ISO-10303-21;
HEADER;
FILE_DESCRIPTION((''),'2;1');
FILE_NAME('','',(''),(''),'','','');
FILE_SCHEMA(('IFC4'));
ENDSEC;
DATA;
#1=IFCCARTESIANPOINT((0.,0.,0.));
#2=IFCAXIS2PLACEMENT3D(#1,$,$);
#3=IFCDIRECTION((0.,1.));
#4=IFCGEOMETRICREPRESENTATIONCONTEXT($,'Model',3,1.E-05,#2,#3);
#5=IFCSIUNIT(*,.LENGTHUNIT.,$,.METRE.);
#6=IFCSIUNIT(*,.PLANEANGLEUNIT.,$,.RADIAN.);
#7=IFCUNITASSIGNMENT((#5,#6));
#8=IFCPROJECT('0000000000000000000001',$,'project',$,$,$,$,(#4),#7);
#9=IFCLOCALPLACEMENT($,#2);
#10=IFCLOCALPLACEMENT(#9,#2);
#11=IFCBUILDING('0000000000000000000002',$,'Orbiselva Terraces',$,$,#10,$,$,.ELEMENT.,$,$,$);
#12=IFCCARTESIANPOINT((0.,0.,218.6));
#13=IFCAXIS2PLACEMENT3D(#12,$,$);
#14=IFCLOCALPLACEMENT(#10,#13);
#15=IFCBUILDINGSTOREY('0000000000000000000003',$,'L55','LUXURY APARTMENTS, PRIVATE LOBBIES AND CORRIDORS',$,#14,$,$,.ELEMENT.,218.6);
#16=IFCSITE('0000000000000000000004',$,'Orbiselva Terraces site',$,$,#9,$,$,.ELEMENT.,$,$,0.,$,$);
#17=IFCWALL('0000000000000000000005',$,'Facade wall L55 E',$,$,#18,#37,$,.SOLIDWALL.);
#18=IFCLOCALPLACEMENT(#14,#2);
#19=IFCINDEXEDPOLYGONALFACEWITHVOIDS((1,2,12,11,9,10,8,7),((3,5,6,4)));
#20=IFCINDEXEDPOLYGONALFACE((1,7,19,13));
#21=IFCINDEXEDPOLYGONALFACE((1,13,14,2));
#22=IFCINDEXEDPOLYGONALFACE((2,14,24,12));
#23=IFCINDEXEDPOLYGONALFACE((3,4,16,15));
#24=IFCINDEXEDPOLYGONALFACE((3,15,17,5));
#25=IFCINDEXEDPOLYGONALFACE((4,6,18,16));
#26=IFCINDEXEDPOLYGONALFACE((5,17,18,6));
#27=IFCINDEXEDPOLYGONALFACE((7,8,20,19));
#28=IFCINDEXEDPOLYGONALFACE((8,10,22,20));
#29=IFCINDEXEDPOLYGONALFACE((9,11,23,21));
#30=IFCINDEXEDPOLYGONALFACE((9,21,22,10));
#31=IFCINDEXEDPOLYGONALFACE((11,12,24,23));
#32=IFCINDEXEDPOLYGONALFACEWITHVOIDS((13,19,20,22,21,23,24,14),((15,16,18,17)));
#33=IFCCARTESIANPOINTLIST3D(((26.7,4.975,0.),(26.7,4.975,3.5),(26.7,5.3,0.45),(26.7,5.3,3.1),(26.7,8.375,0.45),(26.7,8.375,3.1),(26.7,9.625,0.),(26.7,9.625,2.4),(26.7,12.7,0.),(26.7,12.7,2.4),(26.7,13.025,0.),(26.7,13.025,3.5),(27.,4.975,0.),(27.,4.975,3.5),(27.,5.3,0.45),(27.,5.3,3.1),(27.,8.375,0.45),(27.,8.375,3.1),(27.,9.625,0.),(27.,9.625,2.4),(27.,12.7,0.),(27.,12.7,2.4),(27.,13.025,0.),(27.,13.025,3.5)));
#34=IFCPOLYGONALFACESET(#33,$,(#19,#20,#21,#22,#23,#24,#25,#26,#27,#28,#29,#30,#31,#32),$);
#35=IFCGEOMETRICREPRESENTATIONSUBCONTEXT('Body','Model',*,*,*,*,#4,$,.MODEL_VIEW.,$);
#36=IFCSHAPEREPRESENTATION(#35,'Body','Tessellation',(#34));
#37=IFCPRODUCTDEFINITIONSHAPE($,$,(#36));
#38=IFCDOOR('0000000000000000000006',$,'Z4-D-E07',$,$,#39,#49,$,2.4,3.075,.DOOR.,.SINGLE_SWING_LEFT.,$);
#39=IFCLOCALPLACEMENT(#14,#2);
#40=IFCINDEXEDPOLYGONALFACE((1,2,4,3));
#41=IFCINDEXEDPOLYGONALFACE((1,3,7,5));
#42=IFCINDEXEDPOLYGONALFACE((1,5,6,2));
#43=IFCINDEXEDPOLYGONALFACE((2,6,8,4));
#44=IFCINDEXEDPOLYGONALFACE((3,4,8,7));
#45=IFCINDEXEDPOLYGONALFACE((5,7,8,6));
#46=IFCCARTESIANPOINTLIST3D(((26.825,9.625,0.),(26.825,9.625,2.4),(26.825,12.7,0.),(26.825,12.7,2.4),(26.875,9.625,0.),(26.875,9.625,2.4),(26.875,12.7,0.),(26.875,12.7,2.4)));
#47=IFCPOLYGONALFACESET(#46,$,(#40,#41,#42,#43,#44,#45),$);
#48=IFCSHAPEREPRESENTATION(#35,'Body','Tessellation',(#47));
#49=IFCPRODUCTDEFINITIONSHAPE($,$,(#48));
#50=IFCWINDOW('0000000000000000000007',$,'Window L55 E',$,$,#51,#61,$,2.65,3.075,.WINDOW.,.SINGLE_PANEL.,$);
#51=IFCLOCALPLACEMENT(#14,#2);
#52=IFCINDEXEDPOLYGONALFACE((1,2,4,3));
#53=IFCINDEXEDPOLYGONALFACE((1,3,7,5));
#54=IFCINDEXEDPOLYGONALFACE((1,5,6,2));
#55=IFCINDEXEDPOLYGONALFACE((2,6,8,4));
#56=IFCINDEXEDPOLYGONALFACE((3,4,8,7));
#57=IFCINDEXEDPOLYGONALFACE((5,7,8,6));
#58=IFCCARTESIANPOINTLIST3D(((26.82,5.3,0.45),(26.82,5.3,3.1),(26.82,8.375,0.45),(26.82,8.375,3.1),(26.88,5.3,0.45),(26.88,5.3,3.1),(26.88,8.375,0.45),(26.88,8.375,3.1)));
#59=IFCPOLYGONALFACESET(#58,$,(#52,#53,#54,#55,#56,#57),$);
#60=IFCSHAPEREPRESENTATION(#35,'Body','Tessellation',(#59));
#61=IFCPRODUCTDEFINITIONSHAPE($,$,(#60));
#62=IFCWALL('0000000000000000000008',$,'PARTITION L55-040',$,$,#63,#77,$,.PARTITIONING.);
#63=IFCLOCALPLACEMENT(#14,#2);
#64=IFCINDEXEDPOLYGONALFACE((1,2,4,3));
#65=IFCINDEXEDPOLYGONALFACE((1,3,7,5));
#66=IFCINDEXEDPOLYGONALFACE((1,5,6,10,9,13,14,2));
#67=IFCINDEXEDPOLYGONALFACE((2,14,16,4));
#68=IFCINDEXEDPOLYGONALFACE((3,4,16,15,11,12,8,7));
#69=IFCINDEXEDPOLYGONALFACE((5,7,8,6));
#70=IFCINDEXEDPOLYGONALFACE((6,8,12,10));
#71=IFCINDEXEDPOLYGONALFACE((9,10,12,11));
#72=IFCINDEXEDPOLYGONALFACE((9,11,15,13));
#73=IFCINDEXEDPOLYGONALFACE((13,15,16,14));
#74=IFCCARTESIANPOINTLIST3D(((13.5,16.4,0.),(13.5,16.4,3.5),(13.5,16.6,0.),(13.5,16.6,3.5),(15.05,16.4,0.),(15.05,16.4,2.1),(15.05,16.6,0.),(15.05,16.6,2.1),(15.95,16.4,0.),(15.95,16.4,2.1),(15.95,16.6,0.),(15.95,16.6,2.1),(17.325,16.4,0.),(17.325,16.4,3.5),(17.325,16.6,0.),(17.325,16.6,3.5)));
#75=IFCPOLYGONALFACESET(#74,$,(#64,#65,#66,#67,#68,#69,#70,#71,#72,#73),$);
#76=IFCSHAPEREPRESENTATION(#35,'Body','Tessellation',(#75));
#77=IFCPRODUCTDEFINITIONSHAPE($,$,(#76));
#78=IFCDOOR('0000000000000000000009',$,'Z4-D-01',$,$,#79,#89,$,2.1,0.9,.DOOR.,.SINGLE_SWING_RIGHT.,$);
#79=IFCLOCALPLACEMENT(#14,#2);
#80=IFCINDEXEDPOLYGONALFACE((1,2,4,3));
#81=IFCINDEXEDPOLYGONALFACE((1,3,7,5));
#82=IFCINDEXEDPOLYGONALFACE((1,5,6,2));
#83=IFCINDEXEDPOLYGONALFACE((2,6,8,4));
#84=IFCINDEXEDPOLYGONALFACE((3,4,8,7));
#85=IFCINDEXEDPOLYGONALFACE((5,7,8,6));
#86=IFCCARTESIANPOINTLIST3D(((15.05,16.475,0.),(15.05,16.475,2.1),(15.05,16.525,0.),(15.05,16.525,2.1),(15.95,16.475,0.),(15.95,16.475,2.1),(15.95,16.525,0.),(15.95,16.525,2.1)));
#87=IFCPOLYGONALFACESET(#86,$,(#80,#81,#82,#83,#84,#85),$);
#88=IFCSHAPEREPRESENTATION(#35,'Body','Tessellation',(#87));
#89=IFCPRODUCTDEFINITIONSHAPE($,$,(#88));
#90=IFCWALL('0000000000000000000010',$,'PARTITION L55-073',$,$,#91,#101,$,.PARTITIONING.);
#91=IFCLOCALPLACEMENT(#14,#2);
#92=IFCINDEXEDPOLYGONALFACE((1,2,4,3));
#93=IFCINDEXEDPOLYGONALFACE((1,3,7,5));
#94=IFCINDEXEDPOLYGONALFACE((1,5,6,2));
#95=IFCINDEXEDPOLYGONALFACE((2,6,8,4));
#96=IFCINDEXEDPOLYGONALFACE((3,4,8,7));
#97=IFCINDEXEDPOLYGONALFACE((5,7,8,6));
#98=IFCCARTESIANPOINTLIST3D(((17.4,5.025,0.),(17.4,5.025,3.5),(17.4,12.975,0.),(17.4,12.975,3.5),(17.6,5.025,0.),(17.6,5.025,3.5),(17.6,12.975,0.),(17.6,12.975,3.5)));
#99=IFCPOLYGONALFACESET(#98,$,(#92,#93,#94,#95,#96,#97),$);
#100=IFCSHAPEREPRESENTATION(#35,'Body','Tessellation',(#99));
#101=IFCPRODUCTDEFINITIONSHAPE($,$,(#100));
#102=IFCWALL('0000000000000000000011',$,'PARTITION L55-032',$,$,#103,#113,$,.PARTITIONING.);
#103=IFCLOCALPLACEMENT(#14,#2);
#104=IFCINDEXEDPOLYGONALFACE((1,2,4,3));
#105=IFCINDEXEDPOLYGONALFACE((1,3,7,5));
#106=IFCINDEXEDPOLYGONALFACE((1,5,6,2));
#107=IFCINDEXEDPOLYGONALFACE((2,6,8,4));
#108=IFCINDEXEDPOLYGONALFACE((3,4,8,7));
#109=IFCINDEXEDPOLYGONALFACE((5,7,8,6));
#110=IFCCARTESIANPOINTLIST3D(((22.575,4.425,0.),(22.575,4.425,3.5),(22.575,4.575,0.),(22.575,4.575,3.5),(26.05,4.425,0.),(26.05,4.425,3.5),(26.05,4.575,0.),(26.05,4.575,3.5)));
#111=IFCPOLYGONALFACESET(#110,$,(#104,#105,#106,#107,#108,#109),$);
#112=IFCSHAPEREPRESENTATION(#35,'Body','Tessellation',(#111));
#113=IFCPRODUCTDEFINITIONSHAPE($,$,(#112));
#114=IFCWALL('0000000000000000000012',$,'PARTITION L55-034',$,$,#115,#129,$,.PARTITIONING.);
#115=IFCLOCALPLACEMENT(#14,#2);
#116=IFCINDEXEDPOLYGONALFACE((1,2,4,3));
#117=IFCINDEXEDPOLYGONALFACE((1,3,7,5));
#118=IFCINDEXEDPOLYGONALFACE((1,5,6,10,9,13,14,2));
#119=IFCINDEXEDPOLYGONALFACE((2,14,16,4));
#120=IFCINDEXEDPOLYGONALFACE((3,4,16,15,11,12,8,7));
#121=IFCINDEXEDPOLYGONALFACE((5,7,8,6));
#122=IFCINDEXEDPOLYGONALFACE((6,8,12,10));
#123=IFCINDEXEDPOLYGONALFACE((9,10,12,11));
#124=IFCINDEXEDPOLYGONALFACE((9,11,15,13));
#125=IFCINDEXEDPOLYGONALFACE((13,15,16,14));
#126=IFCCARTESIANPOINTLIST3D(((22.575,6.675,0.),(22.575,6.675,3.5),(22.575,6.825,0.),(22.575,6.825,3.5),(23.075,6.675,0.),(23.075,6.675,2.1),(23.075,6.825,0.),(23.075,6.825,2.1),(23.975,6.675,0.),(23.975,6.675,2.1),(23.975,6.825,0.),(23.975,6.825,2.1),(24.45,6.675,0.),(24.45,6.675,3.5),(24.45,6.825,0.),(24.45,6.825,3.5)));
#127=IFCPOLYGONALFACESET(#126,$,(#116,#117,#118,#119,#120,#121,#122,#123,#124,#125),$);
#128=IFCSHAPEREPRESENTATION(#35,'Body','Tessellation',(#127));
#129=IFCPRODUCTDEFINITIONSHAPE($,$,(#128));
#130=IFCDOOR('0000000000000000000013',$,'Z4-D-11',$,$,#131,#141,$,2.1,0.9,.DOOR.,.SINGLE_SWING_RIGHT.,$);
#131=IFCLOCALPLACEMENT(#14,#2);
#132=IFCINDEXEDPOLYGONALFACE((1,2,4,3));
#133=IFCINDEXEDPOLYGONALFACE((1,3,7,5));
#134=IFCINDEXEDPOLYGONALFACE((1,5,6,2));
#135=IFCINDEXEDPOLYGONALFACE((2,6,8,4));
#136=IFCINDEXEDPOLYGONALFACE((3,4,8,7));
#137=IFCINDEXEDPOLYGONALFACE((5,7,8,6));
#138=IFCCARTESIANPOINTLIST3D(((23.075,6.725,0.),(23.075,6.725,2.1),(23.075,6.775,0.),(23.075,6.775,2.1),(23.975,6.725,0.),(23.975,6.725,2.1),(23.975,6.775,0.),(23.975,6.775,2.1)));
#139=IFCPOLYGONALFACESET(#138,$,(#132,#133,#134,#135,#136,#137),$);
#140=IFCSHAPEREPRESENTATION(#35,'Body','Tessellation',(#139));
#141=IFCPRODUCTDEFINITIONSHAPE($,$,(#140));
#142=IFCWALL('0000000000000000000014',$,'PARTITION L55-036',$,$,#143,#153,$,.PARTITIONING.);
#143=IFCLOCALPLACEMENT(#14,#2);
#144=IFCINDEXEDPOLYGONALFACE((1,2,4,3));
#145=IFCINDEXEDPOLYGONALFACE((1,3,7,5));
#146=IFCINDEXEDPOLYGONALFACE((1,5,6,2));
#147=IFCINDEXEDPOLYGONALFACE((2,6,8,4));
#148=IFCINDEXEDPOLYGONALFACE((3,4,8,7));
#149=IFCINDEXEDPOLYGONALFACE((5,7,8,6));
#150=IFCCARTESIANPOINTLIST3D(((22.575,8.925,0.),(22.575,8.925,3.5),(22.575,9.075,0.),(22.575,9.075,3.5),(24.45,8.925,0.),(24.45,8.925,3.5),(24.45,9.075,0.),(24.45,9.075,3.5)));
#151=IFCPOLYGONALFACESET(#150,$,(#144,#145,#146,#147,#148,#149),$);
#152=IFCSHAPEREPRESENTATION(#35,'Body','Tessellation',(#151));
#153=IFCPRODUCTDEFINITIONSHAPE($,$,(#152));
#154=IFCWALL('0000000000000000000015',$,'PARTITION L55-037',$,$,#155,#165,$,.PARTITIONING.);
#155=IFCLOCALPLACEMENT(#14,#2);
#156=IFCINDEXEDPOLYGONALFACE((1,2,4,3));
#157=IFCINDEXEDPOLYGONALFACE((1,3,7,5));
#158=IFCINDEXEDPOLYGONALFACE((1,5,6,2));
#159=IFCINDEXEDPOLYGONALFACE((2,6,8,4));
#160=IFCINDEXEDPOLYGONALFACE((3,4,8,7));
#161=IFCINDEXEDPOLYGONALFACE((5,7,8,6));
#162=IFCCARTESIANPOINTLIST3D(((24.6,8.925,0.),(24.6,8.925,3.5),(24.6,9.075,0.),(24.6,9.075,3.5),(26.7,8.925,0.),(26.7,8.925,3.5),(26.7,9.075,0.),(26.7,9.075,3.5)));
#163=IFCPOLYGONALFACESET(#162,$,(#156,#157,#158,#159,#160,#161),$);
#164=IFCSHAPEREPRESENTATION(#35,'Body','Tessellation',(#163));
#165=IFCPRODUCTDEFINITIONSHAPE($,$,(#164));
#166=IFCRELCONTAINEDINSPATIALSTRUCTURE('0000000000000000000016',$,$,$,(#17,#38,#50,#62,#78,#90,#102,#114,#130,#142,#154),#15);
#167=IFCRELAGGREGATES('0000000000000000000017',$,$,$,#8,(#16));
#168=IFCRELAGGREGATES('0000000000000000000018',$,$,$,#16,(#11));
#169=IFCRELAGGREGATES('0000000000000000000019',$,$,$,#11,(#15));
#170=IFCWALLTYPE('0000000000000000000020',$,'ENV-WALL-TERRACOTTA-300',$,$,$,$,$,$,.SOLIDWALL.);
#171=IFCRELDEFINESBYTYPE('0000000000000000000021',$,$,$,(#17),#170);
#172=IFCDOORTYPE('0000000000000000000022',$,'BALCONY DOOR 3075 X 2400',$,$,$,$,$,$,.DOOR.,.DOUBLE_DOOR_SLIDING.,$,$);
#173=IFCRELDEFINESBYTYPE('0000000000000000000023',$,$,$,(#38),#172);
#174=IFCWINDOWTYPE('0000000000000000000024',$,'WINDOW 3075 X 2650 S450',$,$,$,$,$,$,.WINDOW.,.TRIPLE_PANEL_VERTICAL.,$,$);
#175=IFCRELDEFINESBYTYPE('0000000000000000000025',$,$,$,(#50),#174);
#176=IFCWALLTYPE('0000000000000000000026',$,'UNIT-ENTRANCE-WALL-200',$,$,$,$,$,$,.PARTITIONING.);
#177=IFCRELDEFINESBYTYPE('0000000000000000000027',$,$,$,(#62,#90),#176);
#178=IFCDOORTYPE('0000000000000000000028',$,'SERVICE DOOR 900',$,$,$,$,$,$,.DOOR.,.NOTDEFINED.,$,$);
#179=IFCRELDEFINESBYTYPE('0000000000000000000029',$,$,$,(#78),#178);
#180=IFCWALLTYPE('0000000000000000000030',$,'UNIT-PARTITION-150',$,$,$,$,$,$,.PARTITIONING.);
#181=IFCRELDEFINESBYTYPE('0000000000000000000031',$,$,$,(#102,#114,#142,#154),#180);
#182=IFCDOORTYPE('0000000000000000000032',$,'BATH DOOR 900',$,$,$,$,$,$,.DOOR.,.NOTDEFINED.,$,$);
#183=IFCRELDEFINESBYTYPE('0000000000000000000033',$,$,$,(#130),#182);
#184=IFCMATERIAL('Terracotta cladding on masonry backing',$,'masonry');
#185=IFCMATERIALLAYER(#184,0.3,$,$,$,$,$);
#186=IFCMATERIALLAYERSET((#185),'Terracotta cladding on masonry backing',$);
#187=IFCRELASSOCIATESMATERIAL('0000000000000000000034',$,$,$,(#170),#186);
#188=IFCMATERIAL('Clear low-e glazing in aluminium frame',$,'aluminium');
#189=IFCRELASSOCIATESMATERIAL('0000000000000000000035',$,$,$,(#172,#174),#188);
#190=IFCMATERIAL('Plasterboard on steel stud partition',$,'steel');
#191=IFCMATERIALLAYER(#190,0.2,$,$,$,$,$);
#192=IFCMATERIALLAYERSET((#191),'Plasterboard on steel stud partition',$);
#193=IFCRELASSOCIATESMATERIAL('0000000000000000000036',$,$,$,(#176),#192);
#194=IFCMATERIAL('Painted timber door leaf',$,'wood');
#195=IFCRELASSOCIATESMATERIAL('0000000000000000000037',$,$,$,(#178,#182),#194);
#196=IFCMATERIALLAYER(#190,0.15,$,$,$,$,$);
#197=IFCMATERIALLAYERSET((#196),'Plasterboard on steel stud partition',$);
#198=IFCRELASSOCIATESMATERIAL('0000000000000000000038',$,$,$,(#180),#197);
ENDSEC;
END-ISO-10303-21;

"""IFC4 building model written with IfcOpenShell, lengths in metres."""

from ifc_helpers import new_model, si_unit, direction, frame, frame_2d, origin, place, context, subcontext, project, spatial, rectangle, extrude, material, layer, layer_set, type_object, element, fill, save


model = new_model("IFC4")

# Units and contexts
model_context = context("Model", 3, precision=1e-05, world=origin(), true_north=direction((0.0, 1.0)))
body_context = subcontext(model_context, "Body", "Model", "MODEL_VIEW")
ifc_project = project(units=[si_unit("LENGTHUNIT", "METRE"), si_unit("PLANEANGLEUNIT", "RADIAN")], contexts=[model_context])

# Site, building, storey
site_placement = place(None, origin())
site = spatial("IfcSite", under=ifc_project, at=site_placement, Name="Orbiselva Terraces site", CompositionType="ELEMENT", RefElevation=0.0)
building_placement = place(site_placement, origin())
building = spatial("IfcBuilding", under=site, at=building_placement, Name="Orbiselva Terraces", CompositionType="ELEMENT")
storey_placement = place(building_placement, frame((0.0, 0.0, 218.6)))
storey = spatial("IfcBuildingStorey", under=building, at=storey_placement, Name="L55", Description="LUXURY APARTMENTS, PRIVATE LOBBIES AND CORRIDORS", CompositionType="ELEMENT", Elevation=218.6)

# Wall, openings, door, window
ifc_material_1 = material(Name="Terracotta cladding on masonry backing", Category="masonry")
ifc_layer_1 = layer(ifc_material_1, 0.3)
ifc_layer_set_1 = layer_set([ifc_layer_1], Name="Terracotta cladding on masonry backing")
wall_type_1 = type_object("IfcWallType", Name="ENV-WALL-TERRACOTTA-300", PredefinedType="SOLIDWALL", material=ifc_layer_set_1)
ifc_material_2 = material(Name="Clear low-e glazing in aluminium frame", Category="aluminium")
door_type_1 = type_object("IfcDoorType", Name="BALCONY DOOR 3075 X 2400", OperationType="DOUBLE_DOOR_SLIDING", PredefinedType="DOOR", material=ifc_material_2)
window_type = type_object("IfcWindowType", Name="WINDOW 3075 X 2650 S450", PartitioningType="TRIPLE_PANEL_VERTICAL", PredefinedType="WINDOW", material=ifc_material_2)
wall_1_placement = place(storey_placement, frame((26.85, 13.025, 0.0), z_axis=(0.0, 0.0, 1.0), x_axis=(0.0, -1.0, 0.0)))
wall_1 = element("IfcWall", 1, at=wall_1_placement, inside=storey, type_object=wall_type_1, Name="Facade wall L55 E", PredefinedType="SOLIDWALL", context=body_context, shape_type="SweptSolid", body=[
    extrude(rectangle(XDim=8.05, YDim=0.3, at=frame_2d((4.025, 0.0))), origin(), (0.0, 0.0, 1.0), 3.5),
])
opening_1_placement = place(wall_1_placement, frame((4.65, 0.0, 0.45)))
opening_1 = element("IfcOpeningElement", 2, at=opening_1_placement, cuts=wall_1, PredefinedType="OPENING", context=body_context, shape_type="SweptSolid", body=[
    extrude(rectangle(XDim=3.075, YDim=2.65, at=frame_2d((1.5375, 1.325))), frame((0.0, 0.16, 0.0), z_axis=(0.0, -1.0, 0.0), x_axis=(1.0, 0.0, 0.0)), (0.0, 0.0, 1.0), 0.32),
])
opening_2_placement = place(wall_1_placement, frame((0.325, 0.0, 0.0)))
opening_2 = element("IfcOpeningElement", 3, at=opening_2_placement, cuts=wall_1, PredefinedType="OPENING", context=body_context, shape_type="SweptSolid", body=[
    extrude(rectangle(XDim=3.075, YDim=2.4, at=frame_2d((1.5375, 1.2))), frame((0.0, 0.16, 0.0), z_axis=(0.0, -1.0, 0.0), x_axis=(1.0, 0.0, 0.0)), (0.0, 0.0, 1.0), 0.32),
])
door_1_placement = place(opening_2_placement, origin())
door_1 = element("IfcDoor", 4, at=door_1_placement, inside=storey, type_object=door_type_1, Name="Z4-D-E07", OperationType="SINGLE_SWING_LEFT", OverallHeight=2.4, OverallWidth=3.075, PredefinedType="DOOR", context=body_context, shape_type="SweptSolid", body=[
    extrude(rectangle(XDim=3.075, YDim=2.4, at=frame_2d((1.5375, 1.2))), frame((0.0, 0.025, 0.0), z_axis=(0.0, -1.0, 0.0), x_axis=(1.0, 0.0, 0.0)), (0.0, 0.0, 1.0), 0.05),
])
fill(opening_2, door_1)
window_1_placement = place(opening_1_placement, origin())
window_1 = element("IfcWindow", 5, at=window_1_placement, inside=storey, type_object=window_type, Name="Window L55 E", OverallHeight=2.65, OverallWidth=3.075, PartitioningType="SINGLE_PANEL", PredefinedType="WINDOW", context=body_context, shape_type="SweptSolid", body=[
    extrude(rectangle(XDim=3.075, YDim=2.65, at=frame_2d((1.5375, 1.325))), frame((0.0, 0.03, 0.0), z_axis=(0.0, -1.0, 0.0), x_axis=(1.0, 0.0, 0.0)), (0.0, 0.0, 1.0), 0.06),
])
fill(opening_1, window_1)

# Wall, opening, door
ifc_material_3 = material(Name="Plasterboard on steel stud partition", Category="steel")
ifc_layer_2 = layer(ifc_material_3, 0.2)
ifc_layer_set_2 = layer_set([ifc_layer_2], Name="Plasterboard on steel stud partition")
wall_type_2 = type_object("IfcWallType", Name="UNIT-ENTRANCE-WALL-200", PredefinedType="PARTITIONING", material=ifc_layer_set_2)
wall_2_placement = place(storey_placement, frame((13.5, 16.5, 0.0), z_axis=(0.0, 0.0, 1.0), x_axis=(1.0, 0.0, 0.0)))
wall_2 = element("IfcWall", 6, at=wall_2_placement, inside=storey, type_object=wall_type_2, Name="PARTITION L55-040", PredefinedType="PARTITIONING", context=body_context, shape_type="SweptSolid", body=[
    extrude(rectangle(XDim=3.825, YDim=0.2, at=frame_2d((1.9125, 0.0))), origin(), (0.0, 0.0, 1.0), 3.5),
])
opening_3_placement = place(wall_2_placement, frame((1.55, 0.0, 0.0)))
opening_3 = element("IfcOpeningElement", 7, at=opening_3_placement, cuts=wall_2, PredefinedType="OPENING", context=body_context, shape_type="SweptSolid", body=[
    extrude(rectangle(XDim=0.9, YDim=2.1, at=frame_2d((0.45, 1.05))), frame((0.0, 0.11, 0.0), z_axis=(0.0, -1.0, 0.0), x_axis=(1.0, 0.0, 0.0)), (0.0, 0.0, 1.0), 0.22),
])
ifc_material_4 = material(Name="Painted timber door leaf", Category="wood")
door_type_2 = type_object("IfcDoorType", Name="SERVICE DOOR 900", OperationType="NOTDEFINED", PredefinedType="DOOR", material=ifc_material_4)
door_2_placement = place(opening_3_placement, origin())
door_2 = element("IfcDoor", 8, at=door_2_placement, inside=storey, type_object=door_type_2, Name="Z4-D-01", OperationType="SINGLE_SWING_RIGHT", OverallHeight=2.1, OverallWidth=0.9, PredefinedType="DOOR", context=body_context, shape_type="SweptSolid", body=[
    extrude(rectangle(XDim=0.9, YDim=2.1, at=frame_2d((0.45, 1.05))), frame((0.0, 0.025, 0.0), z_axis=(0.0, -1.0, 0.0), x_axis=(1.0, 0.0, 0.0)), (0.0, 0.0, 1.0), 0.05),
])
fill(opening_3, door_2)

# Walls
wall_3_placement = place(storey_placement, frame((17.5, 5.025, 0.0), z_axis=(0.0, 0.0, 1.0), x_axis=(0.0, 1.0, 0.0)))
element("IfcWall", 9, at=wall_3_placement, inside=storey, type_object=wall_type_2, Name="PARTITION L55-073", PredefinedType="PARTITIONING", context=body_context, shape_type="SweptSolid", body=[
    extrude(rectangle(XDim=7.95, YDim=0.2, at=frame_2d((3.975, 0.0))), origin(), (0.0, 0.0, 1.0), 3.5),
])
ifc_layer_3 = layer(ifc_material_3, 0.15)
ifc_layer_set_3 = layer_set([ifc_layer_3], Name="Plasterboard on steel stud partition")
wall_type_3 = type_object("IfcWallType", Name="UNIT-PARTITION-150", PredefinedType="PARTITIONING", material=ifc_layer_set_3)
wall_4_placement = place(storey_placement, frame((22.575, 4.5, 0.0), z_axis=(0.0, 0.0, 1.0), x_axis=(1.0, 0.0, 0.0)))
element("IfcWall", 10, at=wall_4_placement, inside=storey, type_object=wall_type_3, Name="PARTITION L55-032", PredefinedType="PARTITIONING", context=body_context, shape_type="SweptSolid", body=[
    extrude(rectangle(XDim=3.475, YDim=0.15, at=frame_2d((1.7375, 0.0))), origin(), (0.0, 0.0, 1.0), 3.5),
])

# Wall, opening, door
wall_5_placement = place(storey_placement, frame((22.575, 6.75, 0.0), z_axis=(0.0, 0.0, 1.0), x_axis=(1.0, 0.0, 0.0)))
wall_5 = element("IfcWall", 11, at=wall_5_placement, inside=storey, type_object=wall_type_3, Name="PARTITION L55-034", PredefinedType="PARTITIONING", context=body_context, shape_type="SweptSolid", body=[
    extrude(rectangle(XDim=1.875, YDim=0.15, at=frame_2d((0.9375, 0.0))), origin(), (0.0, 0.0, 1.0), 3.5),
])
opening_4_placement = place(wall_5_placement, frame((0.5, 0.0, 0.0)))
opening_4 = element("IfcOpeningElement", 12, at=opening_4_placement, cuts=wall_5, PredefinedType="OPENING", context=body_context, shape_type="SweptSolid", body=[
    extrude(rectangle(XDim=0.9, YDim=2.1, at=frame_2d((0.45, 1.05))), frame((0.0, 0.085, 0.0), z_axis=(0.0, -1.0, 0.0), x_axis=(1.0, 0.0, 0.0)), (0.0, 0.0, 1.0), 0.17),
])
door_type_3 = type_object("IfcDoorType", Name="BATH DOOR 900", OperationType="NOTDEFINED", PredefinedType="DOOR", material=ifc_material_4)
door_3_placement = place(opening_4_placement, origin())
door_3 = element("IfcDoor", 13, at=door_3_placement, inside=storey, type_object=door_type_3, Name="Z4-D-11", OperationType="SINGLE_SWING_RIGHT", OverallHeight=2.1, OverallWidth=0.9, PredefinedType="DOOR", context=body_context, shape_type="SweptSolid", body=[
    extrude(rectangle(XDim=0.9, YDim=2.1, at=frame_2d((0.45, 1.05))), frame((0.0, 0.025, 0.0), z_axis=(0.0, -1.0, 0.0), x_axis=(1.0, 0.0, 0.0)), (0.0, 0.0, 1.0), 0.05),
])
fill(opening_4, door_3)

# Walls
wall_6_placement = place(storey_placement, frame((22.575, 9.0, 0.0), z_axis=(0.0, 0.0, 1.0), x_axis=(1.0, 0.0, 0.0)))
element("IfcWall", 14, at=wall_6_placement, inside=storey, type_object=wall_type_3, Name="PARTITION L55-036", PredefinedType="PARTITIONING", context=body_context, shape_type="SweptSolid", body=[
    extrude(rectangle(XDim=1.875, YDim=0.15, at=frame_2d((0.9375, 0.0))), origin(), (0.0, 0.0, 1.0), 3.5),
])
wall_7_placement = place(storey_placement, frame((24.6, 9.0, 0.0), z_axis=(0.0, 0.0, 1.0), x_axis=(1.0, 0.0, 0.0)))
element("IfcWall", 15, at=wall_7_placement, inside=storey, type_object=wall_type_3, Name="PARTITION L55-037", PredefinedType="PARTITIONING", context=body_context, shape_type="SweptSolid", body=[
    extrude(rectangle(XDim=2.1, YDim=0.15, at=frame_2d((1.05, 0.0))), origin(), (0.0, 0.0, 1.0), 3.5),
])

save(model, "model.ifc")
